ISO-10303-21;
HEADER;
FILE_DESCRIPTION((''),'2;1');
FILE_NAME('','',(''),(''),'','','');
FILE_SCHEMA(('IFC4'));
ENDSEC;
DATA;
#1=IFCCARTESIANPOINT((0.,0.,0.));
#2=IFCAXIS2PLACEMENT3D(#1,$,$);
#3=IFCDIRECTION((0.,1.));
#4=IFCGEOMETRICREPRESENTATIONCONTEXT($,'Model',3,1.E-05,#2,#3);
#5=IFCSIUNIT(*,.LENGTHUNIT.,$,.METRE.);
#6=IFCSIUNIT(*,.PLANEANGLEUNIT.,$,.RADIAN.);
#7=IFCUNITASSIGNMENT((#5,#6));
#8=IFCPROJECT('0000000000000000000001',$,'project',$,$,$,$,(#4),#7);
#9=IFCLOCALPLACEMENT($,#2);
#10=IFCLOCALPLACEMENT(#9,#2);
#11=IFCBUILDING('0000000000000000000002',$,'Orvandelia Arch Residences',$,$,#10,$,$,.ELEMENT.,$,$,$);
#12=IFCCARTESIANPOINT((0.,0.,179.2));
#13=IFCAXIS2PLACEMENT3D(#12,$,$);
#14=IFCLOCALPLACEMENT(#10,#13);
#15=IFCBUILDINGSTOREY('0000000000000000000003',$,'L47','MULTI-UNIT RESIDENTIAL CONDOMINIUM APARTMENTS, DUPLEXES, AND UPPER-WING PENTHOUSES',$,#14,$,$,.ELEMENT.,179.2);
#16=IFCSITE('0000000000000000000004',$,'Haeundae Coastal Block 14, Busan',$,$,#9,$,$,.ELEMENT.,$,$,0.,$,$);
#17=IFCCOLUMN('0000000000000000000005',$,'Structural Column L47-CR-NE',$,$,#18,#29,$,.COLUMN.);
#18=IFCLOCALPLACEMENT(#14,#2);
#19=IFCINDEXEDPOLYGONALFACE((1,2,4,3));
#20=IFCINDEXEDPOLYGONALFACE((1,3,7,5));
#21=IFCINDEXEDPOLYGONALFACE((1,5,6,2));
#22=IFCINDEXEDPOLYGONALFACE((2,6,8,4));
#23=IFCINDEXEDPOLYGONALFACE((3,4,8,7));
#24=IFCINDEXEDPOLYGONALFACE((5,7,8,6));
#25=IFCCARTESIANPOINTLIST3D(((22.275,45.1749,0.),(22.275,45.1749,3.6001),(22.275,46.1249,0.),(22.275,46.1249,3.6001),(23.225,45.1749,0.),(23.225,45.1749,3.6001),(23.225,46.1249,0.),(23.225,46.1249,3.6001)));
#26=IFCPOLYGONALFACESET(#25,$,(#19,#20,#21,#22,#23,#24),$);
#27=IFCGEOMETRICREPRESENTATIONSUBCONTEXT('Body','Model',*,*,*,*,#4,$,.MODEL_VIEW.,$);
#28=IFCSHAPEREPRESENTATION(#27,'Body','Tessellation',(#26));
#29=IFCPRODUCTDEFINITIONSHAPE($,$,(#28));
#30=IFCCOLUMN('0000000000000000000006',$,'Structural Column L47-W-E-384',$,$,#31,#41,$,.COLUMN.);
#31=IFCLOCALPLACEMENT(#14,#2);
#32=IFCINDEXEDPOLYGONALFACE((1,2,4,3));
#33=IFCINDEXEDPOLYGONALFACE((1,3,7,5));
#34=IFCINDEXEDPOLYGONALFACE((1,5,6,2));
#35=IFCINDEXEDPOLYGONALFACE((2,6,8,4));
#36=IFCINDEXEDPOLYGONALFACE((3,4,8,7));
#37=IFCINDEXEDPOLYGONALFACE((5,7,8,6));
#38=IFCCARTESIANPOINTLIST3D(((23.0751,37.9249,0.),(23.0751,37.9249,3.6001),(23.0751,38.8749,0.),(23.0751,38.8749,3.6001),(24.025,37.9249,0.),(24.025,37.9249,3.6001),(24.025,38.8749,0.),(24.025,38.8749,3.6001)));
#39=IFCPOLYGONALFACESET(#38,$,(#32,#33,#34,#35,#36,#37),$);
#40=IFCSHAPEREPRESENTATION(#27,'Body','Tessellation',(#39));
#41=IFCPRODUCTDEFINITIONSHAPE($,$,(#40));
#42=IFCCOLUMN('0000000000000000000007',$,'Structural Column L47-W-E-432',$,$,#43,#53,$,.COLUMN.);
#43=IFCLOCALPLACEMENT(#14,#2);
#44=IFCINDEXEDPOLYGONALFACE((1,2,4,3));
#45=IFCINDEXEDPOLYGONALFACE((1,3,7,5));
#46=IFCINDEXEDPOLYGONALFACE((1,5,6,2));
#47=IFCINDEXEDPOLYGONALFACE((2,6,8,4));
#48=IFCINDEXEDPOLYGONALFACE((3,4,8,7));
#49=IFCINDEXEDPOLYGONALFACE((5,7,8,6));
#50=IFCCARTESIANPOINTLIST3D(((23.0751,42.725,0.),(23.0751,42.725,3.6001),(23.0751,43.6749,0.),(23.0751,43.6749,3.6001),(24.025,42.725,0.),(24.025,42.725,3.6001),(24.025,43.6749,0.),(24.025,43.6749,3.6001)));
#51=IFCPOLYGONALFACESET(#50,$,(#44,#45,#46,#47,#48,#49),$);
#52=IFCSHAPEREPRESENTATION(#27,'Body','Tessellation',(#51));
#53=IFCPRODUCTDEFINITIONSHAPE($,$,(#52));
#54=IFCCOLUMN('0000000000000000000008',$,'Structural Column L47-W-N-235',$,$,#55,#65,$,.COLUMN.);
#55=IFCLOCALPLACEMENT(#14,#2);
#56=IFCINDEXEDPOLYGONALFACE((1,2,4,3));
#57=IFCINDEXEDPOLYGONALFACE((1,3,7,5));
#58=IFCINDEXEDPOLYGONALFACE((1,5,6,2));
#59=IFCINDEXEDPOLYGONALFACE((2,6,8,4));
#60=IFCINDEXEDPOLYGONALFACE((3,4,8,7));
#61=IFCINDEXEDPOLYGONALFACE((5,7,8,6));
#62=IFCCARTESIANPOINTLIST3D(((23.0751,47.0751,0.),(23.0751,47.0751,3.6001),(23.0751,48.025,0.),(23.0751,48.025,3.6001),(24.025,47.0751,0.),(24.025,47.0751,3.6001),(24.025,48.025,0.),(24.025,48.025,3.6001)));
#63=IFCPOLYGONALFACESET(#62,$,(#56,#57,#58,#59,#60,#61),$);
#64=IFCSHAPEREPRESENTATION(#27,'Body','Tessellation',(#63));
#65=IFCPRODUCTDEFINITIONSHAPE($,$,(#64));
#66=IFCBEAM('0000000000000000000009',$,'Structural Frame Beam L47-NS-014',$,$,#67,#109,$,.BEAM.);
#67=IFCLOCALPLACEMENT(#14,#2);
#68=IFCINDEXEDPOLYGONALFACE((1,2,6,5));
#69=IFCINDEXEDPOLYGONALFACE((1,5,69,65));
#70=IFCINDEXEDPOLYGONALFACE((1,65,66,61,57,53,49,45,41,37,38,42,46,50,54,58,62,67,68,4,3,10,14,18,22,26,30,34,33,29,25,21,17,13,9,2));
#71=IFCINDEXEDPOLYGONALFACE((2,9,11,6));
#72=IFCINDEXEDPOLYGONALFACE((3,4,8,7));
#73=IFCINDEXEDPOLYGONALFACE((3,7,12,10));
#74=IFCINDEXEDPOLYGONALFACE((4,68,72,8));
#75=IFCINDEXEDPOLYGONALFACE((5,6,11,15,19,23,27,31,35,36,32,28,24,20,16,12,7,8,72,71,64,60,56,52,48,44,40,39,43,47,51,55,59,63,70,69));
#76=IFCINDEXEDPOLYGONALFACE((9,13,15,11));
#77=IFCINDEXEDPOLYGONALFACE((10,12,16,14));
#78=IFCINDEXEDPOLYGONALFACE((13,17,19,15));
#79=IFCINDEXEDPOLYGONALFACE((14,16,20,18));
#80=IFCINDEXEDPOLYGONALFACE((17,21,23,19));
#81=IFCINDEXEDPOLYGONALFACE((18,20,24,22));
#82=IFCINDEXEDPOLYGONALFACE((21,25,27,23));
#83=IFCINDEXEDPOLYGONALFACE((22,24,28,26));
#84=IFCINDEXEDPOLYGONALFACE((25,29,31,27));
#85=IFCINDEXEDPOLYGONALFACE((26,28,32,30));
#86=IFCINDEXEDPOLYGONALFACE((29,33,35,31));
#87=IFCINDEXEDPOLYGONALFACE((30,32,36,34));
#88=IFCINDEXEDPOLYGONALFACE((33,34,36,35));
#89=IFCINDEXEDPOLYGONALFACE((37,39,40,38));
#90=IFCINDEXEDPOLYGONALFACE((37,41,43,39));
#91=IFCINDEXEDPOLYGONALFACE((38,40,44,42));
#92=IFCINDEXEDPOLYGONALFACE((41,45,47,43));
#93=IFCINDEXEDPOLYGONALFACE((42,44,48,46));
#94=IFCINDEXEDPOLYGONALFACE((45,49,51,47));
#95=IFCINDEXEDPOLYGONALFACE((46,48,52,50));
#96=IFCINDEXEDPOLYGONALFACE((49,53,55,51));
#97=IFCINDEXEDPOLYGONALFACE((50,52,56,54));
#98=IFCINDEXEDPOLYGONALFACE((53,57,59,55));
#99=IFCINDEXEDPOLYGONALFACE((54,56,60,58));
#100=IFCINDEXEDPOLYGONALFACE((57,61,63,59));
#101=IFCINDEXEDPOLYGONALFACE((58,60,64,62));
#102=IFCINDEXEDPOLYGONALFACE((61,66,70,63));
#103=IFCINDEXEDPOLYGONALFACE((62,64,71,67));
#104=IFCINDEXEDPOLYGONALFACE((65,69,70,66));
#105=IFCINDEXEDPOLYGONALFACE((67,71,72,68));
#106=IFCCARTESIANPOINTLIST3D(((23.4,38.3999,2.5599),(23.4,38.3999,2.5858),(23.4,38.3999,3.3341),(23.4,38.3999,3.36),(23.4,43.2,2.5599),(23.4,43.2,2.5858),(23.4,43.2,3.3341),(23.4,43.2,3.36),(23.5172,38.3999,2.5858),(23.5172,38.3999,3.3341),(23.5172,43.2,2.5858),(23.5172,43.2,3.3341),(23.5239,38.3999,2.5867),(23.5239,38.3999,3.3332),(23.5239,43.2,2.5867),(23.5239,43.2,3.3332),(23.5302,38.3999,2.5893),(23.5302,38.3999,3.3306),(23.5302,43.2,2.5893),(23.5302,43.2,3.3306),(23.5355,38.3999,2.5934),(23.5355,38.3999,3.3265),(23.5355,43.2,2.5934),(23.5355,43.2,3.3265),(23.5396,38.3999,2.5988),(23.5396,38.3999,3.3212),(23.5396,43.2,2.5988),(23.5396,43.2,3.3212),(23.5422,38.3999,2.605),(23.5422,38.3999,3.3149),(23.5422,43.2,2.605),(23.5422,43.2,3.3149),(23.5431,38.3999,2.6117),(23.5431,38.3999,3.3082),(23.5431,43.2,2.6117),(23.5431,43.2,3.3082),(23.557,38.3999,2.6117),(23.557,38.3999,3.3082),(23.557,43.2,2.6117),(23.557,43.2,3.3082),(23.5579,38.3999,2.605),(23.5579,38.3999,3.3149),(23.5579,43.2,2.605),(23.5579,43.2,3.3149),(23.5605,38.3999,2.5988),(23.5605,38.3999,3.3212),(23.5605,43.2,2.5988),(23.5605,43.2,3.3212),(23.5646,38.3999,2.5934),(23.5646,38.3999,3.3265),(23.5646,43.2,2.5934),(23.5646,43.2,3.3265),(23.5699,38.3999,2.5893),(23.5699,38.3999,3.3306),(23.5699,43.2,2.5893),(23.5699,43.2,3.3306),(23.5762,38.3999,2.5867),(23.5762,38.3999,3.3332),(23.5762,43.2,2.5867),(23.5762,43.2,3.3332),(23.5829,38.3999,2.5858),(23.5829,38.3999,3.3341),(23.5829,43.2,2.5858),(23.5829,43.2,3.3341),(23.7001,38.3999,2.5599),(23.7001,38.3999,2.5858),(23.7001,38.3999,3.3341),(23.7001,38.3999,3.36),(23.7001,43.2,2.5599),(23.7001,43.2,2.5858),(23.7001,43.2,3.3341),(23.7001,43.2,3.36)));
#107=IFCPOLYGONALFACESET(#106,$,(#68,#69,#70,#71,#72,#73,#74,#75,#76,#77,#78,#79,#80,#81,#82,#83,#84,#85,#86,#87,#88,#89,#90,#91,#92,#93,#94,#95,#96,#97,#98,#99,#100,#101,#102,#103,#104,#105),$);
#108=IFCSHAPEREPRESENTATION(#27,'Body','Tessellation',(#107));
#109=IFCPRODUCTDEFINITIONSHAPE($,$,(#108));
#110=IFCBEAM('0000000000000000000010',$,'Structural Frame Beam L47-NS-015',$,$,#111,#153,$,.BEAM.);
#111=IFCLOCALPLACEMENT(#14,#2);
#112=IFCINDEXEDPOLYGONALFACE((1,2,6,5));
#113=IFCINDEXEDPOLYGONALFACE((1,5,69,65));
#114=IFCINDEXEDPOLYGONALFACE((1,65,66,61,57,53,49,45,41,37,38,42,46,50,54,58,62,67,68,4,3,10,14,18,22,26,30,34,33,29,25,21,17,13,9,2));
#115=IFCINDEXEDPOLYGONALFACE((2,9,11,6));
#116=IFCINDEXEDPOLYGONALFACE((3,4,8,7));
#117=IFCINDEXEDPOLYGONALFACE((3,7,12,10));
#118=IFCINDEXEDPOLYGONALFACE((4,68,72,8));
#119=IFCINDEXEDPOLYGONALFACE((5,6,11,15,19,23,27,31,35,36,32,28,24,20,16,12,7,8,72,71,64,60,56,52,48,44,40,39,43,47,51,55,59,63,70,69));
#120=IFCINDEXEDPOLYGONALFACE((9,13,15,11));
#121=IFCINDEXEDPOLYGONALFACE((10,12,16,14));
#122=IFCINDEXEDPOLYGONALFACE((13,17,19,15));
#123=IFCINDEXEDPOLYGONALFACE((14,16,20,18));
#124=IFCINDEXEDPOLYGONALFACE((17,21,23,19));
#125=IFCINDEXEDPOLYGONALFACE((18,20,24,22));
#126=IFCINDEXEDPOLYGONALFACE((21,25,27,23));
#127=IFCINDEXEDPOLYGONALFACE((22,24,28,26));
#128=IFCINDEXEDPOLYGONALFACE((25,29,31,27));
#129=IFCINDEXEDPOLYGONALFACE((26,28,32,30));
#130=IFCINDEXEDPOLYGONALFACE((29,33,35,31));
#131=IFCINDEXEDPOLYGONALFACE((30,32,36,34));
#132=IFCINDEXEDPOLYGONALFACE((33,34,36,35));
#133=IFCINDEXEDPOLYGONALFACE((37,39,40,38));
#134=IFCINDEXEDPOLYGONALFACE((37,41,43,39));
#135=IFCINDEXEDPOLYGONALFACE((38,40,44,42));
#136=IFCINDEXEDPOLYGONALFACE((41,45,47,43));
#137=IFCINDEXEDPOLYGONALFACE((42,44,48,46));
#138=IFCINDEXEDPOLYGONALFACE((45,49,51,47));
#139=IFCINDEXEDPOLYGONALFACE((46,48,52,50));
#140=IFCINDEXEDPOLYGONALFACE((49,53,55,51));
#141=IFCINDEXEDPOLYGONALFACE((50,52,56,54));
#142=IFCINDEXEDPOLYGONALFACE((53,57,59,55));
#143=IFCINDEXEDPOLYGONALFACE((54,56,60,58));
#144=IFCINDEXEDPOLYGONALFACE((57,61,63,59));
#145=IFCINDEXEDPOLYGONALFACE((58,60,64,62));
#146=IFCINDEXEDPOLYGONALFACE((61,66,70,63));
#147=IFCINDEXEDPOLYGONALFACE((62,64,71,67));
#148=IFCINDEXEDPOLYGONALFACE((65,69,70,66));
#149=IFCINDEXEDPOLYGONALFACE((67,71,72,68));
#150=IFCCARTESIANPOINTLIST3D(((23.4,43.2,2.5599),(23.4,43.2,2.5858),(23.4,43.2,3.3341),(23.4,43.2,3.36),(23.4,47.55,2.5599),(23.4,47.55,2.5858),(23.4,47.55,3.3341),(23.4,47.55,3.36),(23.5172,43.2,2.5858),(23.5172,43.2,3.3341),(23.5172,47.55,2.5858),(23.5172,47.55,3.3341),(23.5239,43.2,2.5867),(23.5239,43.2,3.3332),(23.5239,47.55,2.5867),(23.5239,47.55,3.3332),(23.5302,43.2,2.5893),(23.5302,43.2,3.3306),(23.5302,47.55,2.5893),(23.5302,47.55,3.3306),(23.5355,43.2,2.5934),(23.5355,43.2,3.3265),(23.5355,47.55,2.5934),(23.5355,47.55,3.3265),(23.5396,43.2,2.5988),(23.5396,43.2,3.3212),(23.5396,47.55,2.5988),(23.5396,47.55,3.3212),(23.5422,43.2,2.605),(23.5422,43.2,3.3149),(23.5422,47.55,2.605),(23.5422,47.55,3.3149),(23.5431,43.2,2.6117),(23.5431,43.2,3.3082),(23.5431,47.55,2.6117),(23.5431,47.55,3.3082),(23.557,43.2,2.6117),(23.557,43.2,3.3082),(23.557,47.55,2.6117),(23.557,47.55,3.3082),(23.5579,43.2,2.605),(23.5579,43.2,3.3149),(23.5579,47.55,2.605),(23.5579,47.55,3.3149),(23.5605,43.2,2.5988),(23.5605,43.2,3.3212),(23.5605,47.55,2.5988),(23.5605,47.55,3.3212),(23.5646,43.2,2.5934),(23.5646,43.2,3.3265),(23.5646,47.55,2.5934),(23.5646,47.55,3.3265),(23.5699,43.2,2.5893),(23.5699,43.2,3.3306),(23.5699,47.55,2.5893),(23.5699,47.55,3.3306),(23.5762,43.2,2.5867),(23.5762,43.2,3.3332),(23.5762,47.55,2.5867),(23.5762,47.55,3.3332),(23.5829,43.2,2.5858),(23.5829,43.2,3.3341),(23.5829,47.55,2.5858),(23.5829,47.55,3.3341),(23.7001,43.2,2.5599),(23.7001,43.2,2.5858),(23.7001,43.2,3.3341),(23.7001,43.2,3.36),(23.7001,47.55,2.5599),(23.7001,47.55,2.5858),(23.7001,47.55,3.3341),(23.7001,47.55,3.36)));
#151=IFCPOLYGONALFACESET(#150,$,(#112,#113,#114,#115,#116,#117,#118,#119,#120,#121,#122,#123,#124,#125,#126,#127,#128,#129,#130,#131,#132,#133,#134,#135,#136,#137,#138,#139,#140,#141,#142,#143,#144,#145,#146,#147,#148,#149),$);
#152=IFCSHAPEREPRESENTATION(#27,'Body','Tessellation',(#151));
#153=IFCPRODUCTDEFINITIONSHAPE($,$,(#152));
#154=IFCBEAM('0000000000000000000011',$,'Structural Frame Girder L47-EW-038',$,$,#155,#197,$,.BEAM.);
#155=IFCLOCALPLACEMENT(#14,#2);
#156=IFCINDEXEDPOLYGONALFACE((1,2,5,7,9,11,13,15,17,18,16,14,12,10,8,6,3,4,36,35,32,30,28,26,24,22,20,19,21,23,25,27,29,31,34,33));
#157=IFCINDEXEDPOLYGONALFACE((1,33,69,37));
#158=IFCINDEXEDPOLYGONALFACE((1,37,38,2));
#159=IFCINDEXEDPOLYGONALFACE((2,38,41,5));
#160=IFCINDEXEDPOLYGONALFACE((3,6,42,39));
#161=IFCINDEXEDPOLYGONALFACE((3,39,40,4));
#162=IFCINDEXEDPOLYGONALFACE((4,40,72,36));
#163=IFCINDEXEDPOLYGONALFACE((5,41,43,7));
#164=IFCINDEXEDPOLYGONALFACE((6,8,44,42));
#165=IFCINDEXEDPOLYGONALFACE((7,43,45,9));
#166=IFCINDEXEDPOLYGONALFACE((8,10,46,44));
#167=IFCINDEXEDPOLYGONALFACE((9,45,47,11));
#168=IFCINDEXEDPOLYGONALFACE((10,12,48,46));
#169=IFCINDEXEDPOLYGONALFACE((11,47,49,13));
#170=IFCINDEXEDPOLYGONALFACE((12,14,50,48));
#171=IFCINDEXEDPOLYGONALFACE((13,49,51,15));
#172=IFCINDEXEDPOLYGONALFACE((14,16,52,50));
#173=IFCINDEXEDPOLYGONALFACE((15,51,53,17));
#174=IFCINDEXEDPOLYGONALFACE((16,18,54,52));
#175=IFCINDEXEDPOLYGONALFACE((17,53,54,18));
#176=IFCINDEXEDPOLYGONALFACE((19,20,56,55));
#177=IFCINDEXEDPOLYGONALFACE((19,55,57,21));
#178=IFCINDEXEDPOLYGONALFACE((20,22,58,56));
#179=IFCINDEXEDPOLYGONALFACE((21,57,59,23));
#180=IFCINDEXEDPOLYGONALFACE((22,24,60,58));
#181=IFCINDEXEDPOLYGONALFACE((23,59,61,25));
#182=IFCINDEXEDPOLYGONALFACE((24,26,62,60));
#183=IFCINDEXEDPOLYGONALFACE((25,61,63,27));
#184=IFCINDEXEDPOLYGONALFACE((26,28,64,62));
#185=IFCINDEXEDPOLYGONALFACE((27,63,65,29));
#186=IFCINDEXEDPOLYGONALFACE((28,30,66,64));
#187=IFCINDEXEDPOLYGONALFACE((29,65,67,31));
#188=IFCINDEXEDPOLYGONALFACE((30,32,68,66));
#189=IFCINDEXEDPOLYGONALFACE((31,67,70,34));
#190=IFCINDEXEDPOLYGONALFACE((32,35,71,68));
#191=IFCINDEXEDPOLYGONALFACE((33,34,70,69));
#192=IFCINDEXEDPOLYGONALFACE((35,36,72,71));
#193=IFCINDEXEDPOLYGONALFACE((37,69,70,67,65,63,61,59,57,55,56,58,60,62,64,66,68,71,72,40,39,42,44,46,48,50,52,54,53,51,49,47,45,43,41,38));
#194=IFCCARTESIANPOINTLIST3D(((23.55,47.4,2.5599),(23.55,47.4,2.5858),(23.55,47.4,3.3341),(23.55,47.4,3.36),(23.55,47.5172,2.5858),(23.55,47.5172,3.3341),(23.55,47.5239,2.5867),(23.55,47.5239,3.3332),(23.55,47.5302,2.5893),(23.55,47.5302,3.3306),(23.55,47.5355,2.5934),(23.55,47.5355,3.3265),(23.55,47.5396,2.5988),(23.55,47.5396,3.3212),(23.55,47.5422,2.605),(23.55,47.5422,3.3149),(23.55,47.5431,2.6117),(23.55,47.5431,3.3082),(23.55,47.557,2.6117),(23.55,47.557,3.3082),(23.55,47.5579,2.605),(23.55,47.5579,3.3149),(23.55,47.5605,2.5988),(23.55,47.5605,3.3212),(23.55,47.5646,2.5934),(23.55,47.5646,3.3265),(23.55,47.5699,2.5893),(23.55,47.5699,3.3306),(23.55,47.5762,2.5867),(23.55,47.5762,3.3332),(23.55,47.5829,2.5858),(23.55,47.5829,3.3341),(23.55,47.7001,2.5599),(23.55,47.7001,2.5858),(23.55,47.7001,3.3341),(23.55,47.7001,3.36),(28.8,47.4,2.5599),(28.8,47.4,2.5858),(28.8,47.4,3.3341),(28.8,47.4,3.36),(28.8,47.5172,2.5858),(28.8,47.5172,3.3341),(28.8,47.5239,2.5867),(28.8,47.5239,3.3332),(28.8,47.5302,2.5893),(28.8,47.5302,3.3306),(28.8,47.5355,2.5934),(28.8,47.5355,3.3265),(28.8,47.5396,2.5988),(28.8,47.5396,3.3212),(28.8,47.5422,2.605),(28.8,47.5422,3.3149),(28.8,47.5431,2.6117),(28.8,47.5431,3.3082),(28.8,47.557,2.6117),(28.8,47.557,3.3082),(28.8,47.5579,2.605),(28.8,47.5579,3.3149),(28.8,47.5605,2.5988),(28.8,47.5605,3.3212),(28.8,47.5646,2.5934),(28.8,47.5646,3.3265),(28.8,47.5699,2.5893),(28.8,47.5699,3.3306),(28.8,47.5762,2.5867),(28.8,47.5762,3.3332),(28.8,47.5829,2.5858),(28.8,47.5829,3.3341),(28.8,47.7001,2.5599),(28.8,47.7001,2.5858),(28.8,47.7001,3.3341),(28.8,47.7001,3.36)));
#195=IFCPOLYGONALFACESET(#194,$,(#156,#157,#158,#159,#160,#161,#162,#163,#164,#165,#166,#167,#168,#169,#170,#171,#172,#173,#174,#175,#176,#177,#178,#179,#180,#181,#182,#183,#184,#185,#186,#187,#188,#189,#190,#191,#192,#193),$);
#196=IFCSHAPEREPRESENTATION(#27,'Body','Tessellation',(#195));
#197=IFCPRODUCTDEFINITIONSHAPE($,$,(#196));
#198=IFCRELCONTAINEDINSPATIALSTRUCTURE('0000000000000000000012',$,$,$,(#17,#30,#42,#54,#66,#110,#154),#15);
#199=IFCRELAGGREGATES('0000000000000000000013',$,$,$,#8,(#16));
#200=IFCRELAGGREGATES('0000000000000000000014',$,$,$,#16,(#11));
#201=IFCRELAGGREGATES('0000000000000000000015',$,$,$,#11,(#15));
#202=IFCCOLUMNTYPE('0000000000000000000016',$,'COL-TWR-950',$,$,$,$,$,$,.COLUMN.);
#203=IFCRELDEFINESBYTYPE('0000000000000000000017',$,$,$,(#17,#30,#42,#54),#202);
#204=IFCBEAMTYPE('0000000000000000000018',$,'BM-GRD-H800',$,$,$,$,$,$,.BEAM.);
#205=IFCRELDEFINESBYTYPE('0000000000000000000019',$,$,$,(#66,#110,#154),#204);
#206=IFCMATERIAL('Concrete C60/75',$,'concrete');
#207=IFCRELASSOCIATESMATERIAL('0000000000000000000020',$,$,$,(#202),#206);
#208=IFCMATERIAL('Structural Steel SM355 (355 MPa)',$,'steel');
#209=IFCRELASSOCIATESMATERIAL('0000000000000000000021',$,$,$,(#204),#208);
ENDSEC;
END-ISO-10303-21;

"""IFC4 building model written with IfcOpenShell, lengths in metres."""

from ifc_helpers import new_model, si_unit, direction, frame, origin, origin_2d, place, context, subcontext, project, spatial, rectangle, i_section, extrude, material, material_profile, profile_set, type_object, element, save


model = new_model("IFC4")

# Units and contexts
model_context = context("Model", 3, precision=1e-05, world=origin(), true_north=direction((0.0, 1.0)))
body_context = subcontext(model_context, "Body", "Model", "MODEL_VIEW")
ifc_project = project(units=[si_unit("LENGTHUNIT", "METRE"), si_unit("PLANEANGLEUNIT", "RADIAN")], contexts=[model_context])

# Site, building, storey
site_placement = place(None, origin())
site = spatial("IfcSite", under=ifc_project, at=site_placement, Name="Haeundae Coastal Block 14, Busan", CompositionType="ELEMENT", RefElevation=0.0)
building_placement = place(site_placement, origin())
building = spatial("IfcBuilding", under=site, at=building_placement, Name="Orvandelia Arch Residences", CompositionType="ELEMENT")
storey_placement = place(building_placement, frame((0.0, 0.0, 179.2)))
storey = spatial("IfcBuildingStorey", under=building, at=storey_placement, Name="L47", Description="MULTI-UNIT RESIDENTIAL CONDOMINIUM APARTMENTS, DUPLEXES, AND UPPER-WING PENTHOUSES", CompositionType="ELEMENT", Elevation=179.2)

# Columns
ifc_material_1 = material(Name="Concrete C60/75", Category="concrete")
ifc_material_profile_1 = material_profile(ifc_material_1, rectangle(XDim=0.95, YDim=0.95, at=origin_2d()), Name="Concrete C60/75", Category="concrete")
ifc_profile_set_1 = profile_set([ifc_material_profile_1], Name="Concrete C60/75")
column_type = type_object("IfcColumnType", Name="COL-TWR-950", PredefinedType="COLUMN", material=ifc_profile_set_1)
for number, where, z_axis, x_axis, name in (
    (1, (22.75, 45.6499, 0.0), (0.0, 0.0, 1.0), (1.0, 0.0, 0.0), "Structural Column L47-CR-NE"),
    (2, (23.55, 38.3999, 0.0), (0.0, 0.0, 1.0), (1.0, 0.0, 0.0), "Structural Column L47-W-E-384"),
    (3, (23.55, 43.2, 0.0), (0.0, 0.0, 1.0), (1.0, 0.0, 0.0), "Structural Column L47-W-E-432"),
    (4, (23.55, 47.55, 0.0), (0.0, 0.0, 1.0), (1.0, 0.0, 0.0), "Structural Column L47-W-N-235"),
):
    element("IfcColumn", number, at=place(storey_placement, frame(where, z_axis=z_axis, x_axis=x_axis)), inside=storey, type_object=column_type, Name=name, PredefinedType="COLUMN", context=body_context, shape_type="SweptSolid", body=[
        extrude(rectangle(XDim=0.95, YDim=0.95, at=origin_2d()), origin(), (0.0, 0.0, 1.0), 3.6001),
    ])

# Beams
ifc_material_2 = material(Name="Structural Steel SM355 (355 MPa)", Category="steel")
ifc_material_profile_2 = material_profile(ifc_material_2, i_section(OverallWidth=0.3, OverallDepth=0.8, WebThickness=0.0139, FlangeThickness=0.0259, FilletRadius=0.0259, at=origin_2d()), Name="Structural Steel SM355 (355 MPa)", Category="steel")
ifc_profile_set_2 = profile_set([ifc_material_profile_2], Name="Structural Steel SM355 (355 MPa)")
beam_type = type_object("IfcBeamType", Name="BM-GRD-H800", PredefinedType="BEAM", material=ifc_profile_set_2)
beam_1_placement = place(storey_placement, frame((23.55, 38.3999, 2.96), z_axis=(0.0, 1.0, 0.0), x_axis=(-1.0, 0.0, 0.0)))
element("IfcBeam", 5, at=beam_1_placement, inside=storey, type_object=beam_type, Name="Structural Frame Beam L47-NS-014", PredefinedType="BEAM", context=body_context, shape_type="SweptSolid", body=[
    extrude(i_section(OverallWidth=0.3, OverallDepth=0.8, WebThickness=0.0139, FlangeThickness=0.0259, FilletRadius=0.0259, at=origin_2d()), origin(), (0.0, 0.0, 1.0), 4.8),
])
beam_2_placement = place(storey_placement, frame((23.55, 43.2, 2.96), z_axis=(0.0, 1.0, 0.0), x_axis=(-1.0, 0.0, 0.0)))
element("IfcBeam", 6, at=beam_2_placement, inside=storey, type_object=beam_type, Name="Structural Frame Beam L47-NS-015", PredefinedType="BEAM", context=body_context, shape_type="SweptSolid", body=[
    extrude(i_section(OverallWidth=0.3, OverallDepth=0.8, WebThickness=0.0139, FlangeThickness=0.0259, FilletRadius=0.0259, at=origin_2d()), origin(), (0.0, 0.0, 1.0), 4.3501),
])
beam_3_placement = place(storey_placement, frame((23.55, 47.55, 2.96), z_axis=(1.0, 0.0, 0.0), x_axis=(0.0, 1.0, 0.0)))
element("IfcBeam", 7, at=beam_3_placement, inside=storey, type_object=beam_type, Name="Structural Frame Girder L47-EW-038", PredefinedType="BEAM", context=body_context, shape_type="SweptSolid", body=[
    extrude(i_section(OverallWidth=0.3, OverallDepth=0.8, WebThickness=0.0139, FlangeThickness=0.0259, FilletRadius=0.0259, at=origin_2d()), origin(), (0.0, 0.0, 1.0), 5.25),
])

save(model, "model.ifc")
